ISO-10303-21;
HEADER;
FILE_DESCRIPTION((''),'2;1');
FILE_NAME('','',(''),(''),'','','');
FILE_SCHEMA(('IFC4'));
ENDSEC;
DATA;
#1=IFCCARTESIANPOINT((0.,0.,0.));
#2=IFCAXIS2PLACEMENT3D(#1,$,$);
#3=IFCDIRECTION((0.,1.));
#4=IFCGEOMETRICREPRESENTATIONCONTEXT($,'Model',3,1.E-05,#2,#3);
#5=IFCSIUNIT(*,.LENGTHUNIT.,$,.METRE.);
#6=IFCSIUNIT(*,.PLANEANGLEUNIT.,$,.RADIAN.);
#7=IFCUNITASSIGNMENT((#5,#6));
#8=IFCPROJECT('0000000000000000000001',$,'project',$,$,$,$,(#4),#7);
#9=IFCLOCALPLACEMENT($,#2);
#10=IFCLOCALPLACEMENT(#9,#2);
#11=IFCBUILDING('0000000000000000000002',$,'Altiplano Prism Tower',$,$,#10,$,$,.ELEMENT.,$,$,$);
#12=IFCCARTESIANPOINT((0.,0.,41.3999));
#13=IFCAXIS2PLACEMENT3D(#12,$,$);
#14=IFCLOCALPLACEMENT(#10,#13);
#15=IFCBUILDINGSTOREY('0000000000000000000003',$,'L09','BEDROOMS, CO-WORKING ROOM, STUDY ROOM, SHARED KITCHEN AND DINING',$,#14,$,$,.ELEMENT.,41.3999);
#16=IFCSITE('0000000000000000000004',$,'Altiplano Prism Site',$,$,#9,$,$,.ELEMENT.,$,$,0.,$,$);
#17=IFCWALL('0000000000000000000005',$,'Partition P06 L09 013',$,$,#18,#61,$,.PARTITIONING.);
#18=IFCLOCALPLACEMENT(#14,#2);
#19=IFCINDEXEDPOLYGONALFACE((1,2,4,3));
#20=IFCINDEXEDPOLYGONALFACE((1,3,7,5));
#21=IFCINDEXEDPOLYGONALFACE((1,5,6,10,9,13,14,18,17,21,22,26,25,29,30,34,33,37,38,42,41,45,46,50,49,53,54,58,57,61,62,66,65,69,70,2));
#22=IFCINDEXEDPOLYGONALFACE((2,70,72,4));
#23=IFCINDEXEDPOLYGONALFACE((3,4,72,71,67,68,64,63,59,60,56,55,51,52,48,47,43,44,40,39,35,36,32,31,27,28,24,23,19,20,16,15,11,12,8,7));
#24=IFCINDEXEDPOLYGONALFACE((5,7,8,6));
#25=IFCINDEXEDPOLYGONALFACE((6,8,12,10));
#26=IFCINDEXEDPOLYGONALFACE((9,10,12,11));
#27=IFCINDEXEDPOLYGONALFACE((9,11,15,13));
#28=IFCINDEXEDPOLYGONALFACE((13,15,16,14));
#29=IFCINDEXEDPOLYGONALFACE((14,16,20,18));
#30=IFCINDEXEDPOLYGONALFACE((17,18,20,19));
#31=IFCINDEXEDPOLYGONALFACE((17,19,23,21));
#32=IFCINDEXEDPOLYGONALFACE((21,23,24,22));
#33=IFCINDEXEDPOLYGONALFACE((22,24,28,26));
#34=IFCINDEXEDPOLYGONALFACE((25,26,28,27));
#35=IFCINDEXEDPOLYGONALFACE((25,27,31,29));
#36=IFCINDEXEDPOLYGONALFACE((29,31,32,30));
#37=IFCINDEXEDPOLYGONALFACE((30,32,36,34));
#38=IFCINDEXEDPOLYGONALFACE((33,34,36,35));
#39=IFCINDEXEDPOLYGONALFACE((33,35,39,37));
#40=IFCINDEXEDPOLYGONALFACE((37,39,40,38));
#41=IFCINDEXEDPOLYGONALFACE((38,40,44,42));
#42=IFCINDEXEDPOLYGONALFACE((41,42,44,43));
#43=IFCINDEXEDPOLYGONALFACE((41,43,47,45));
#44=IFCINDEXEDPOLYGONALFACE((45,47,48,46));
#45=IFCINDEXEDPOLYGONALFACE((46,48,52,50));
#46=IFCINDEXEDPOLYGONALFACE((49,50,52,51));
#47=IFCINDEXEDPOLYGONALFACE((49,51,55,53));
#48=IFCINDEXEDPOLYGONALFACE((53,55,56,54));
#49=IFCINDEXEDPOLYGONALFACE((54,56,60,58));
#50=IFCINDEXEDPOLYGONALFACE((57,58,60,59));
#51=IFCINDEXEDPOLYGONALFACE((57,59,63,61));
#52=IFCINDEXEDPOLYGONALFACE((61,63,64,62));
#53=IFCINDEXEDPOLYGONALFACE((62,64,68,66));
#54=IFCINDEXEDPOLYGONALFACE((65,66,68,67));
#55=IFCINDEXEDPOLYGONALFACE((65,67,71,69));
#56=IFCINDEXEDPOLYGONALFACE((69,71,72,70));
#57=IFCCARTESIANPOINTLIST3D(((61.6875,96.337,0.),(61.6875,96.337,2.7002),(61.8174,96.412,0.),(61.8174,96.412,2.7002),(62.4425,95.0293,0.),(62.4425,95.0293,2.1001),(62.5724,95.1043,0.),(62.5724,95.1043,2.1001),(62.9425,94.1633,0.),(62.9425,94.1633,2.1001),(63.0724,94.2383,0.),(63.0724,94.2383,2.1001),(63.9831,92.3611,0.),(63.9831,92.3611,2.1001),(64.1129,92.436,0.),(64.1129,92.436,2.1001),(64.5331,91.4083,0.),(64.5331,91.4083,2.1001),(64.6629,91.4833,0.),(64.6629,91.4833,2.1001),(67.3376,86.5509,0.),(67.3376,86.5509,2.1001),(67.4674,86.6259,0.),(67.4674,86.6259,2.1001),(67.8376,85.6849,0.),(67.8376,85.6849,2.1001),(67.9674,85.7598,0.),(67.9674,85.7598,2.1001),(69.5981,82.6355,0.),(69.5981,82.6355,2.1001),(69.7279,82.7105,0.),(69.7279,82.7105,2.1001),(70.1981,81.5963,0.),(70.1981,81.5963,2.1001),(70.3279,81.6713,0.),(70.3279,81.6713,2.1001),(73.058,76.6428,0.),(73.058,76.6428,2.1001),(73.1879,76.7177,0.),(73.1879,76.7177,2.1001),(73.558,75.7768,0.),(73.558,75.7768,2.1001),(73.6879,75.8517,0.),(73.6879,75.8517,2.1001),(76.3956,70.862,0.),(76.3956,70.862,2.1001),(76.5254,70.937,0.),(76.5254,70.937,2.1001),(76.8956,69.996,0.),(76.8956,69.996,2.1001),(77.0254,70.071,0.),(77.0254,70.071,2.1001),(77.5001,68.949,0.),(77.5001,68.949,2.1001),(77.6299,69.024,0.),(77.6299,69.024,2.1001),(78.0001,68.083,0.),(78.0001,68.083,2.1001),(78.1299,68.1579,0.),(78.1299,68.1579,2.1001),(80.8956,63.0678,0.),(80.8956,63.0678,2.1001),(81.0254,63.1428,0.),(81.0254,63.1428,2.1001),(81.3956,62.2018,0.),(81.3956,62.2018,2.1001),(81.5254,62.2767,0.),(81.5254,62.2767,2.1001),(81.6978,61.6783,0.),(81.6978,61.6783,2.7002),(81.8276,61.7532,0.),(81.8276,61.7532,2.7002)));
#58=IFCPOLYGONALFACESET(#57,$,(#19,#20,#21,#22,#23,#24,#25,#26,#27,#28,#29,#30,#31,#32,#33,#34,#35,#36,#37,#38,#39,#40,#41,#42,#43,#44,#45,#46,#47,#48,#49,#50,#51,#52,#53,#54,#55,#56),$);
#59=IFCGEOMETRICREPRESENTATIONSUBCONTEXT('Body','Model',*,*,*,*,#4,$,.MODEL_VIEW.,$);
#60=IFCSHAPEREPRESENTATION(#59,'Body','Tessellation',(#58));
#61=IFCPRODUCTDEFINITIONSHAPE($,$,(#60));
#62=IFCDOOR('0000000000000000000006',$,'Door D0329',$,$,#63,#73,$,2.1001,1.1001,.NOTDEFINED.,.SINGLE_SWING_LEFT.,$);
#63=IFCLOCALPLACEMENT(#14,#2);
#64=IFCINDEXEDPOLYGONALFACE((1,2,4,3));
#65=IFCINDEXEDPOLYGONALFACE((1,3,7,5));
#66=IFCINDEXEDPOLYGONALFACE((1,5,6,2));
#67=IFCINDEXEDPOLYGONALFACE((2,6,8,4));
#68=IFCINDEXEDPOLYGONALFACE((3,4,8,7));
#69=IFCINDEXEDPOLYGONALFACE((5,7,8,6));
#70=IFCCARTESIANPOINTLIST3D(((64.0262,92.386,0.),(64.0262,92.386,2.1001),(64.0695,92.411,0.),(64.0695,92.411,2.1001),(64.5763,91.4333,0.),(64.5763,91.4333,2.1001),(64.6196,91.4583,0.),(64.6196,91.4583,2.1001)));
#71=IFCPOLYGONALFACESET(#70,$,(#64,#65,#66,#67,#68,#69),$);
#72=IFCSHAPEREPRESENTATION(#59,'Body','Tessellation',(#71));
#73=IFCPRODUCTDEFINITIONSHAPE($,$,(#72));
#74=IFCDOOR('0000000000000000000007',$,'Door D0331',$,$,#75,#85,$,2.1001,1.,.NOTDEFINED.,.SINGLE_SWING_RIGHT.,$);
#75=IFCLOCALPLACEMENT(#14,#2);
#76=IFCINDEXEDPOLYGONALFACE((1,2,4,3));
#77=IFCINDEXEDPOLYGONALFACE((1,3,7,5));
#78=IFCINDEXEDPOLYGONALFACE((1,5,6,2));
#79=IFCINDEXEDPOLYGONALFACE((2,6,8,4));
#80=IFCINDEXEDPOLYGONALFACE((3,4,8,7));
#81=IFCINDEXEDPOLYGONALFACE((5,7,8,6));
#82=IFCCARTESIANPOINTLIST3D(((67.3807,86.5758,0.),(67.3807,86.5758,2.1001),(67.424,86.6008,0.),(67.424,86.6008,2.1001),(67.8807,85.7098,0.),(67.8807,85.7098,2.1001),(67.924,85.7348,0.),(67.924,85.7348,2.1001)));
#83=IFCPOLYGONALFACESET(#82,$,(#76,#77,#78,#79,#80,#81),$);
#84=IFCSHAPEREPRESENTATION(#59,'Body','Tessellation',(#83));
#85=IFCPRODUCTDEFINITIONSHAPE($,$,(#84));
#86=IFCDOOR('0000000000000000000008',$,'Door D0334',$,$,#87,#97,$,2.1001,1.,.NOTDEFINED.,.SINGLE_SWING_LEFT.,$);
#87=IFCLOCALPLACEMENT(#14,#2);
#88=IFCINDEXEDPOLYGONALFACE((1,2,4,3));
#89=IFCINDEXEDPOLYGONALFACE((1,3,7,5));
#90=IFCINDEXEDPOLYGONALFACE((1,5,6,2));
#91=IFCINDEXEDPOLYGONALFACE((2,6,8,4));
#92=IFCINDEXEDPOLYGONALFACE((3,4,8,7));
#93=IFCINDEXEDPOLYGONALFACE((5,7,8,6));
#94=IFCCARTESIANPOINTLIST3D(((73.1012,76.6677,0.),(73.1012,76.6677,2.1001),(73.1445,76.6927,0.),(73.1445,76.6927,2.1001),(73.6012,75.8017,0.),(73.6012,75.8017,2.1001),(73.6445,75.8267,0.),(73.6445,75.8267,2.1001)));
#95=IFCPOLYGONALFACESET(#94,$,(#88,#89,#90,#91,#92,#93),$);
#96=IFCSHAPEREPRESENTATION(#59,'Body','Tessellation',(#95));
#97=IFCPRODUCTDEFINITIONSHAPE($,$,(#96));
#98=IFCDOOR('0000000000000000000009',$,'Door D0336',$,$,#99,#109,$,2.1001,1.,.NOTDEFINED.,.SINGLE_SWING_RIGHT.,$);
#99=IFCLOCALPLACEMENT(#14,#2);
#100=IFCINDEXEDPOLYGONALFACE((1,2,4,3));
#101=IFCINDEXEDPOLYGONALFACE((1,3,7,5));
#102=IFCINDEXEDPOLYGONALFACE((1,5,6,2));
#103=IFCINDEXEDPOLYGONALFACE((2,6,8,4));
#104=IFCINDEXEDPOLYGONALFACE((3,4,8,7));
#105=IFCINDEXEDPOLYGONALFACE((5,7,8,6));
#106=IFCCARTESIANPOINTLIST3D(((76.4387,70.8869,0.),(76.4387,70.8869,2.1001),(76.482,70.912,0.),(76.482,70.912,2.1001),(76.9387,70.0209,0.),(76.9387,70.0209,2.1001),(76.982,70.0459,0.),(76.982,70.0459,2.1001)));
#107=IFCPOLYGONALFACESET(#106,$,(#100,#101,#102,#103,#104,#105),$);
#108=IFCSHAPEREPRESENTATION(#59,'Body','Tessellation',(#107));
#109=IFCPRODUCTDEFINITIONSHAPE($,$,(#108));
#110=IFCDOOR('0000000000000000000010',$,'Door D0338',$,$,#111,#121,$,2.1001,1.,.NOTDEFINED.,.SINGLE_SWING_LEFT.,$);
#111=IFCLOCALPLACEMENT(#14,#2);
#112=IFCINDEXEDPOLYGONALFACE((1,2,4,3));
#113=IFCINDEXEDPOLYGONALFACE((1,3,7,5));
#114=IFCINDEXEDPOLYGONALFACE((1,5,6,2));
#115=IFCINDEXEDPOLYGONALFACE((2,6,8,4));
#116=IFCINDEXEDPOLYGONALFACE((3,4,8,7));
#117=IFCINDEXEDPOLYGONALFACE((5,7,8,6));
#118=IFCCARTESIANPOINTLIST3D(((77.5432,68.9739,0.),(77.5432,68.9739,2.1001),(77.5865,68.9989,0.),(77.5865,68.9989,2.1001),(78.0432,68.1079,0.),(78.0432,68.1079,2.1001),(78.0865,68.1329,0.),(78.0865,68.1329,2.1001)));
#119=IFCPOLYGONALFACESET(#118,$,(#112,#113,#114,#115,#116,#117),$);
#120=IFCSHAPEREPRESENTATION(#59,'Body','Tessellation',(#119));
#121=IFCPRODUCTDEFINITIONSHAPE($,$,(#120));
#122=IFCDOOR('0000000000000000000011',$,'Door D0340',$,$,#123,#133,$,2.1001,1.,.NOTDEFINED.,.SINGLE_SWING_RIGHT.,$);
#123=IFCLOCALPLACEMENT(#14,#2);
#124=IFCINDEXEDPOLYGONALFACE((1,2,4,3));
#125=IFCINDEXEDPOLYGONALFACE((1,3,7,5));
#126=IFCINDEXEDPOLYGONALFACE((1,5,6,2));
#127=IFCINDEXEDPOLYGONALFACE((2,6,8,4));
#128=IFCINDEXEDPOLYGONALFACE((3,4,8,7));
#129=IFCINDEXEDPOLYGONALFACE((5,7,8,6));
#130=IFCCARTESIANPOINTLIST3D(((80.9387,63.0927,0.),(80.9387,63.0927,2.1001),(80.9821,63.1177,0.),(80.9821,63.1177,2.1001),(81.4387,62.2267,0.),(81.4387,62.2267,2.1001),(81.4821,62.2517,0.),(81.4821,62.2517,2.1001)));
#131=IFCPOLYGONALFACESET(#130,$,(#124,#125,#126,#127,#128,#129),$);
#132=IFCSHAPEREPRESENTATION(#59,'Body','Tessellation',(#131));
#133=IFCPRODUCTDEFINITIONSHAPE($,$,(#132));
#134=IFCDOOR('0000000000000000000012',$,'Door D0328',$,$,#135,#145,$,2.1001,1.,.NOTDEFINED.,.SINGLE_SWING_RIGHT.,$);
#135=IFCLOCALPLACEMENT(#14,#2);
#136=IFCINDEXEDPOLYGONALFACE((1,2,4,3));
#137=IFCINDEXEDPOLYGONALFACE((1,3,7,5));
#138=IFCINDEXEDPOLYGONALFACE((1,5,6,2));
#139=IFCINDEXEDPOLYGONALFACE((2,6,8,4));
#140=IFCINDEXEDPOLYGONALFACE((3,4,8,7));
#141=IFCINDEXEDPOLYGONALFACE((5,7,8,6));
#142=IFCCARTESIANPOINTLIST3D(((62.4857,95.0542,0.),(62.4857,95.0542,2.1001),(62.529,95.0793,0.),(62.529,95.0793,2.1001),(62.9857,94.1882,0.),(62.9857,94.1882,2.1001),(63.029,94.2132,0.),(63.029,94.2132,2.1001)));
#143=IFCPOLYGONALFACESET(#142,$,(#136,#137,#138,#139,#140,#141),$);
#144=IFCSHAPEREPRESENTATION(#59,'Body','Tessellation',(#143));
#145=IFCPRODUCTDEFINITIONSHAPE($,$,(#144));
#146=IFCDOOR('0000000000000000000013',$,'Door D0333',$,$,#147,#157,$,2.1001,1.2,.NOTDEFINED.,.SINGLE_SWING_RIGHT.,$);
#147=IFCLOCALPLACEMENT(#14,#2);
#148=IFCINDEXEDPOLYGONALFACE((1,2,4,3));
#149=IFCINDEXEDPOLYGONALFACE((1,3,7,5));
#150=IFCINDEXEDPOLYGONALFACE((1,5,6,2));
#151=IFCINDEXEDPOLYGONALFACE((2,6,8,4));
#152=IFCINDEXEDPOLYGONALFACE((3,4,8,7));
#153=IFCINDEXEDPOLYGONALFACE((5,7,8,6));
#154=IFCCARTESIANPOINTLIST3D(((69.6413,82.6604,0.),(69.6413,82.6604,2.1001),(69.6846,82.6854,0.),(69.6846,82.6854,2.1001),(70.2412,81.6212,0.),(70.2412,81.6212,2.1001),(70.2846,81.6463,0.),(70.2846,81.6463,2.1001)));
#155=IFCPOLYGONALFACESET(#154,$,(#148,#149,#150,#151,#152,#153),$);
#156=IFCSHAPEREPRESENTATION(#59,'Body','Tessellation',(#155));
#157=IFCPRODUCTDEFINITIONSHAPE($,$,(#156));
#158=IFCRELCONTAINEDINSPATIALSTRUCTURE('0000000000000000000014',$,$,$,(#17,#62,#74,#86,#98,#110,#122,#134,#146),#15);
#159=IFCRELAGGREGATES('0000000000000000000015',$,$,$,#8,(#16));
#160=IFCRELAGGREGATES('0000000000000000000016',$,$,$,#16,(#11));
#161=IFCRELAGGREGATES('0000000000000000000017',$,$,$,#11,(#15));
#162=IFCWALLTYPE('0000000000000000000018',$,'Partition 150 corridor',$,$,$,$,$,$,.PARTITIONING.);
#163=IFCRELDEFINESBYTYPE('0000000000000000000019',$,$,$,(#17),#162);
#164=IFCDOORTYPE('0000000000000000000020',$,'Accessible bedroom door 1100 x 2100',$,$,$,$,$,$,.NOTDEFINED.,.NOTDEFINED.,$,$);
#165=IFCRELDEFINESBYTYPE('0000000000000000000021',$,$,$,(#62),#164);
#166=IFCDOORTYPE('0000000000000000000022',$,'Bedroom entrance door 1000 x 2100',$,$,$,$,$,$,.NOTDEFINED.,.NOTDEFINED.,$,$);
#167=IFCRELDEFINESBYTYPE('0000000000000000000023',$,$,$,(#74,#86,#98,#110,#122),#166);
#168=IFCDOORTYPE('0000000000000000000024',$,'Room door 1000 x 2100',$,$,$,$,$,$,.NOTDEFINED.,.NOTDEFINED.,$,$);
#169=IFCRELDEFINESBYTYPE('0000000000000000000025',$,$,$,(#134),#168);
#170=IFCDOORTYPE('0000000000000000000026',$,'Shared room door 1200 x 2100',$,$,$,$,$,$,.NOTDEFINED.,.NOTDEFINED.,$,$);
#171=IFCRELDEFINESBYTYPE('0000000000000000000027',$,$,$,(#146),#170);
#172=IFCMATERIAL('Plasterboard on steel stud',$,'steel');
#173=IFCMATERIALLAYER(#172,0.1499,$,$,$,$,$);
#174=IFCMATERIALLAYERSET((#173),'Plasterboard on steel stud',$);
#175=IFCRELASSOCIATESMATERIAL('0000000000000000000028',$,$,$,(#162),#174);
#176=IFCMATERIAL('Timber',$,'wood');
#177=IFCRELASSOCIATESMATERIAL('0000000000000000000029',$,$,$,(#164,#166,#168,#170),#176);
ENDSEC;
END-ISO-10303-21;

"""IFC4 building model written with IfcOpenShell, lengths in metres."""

from ifc_helpers import new_model, si_unit, direction, frame, frame_2d, origin, place, context, subcontext, project, spatial, rectangle, extrude, material, layer, layer_set, type_object, element, fill, save


model = new_model("IFC4")

# Units and contexts
model_context = context("Model", 3, precision=1e-05, world=origin(), true_north=direction((0.0, 1.0)))
body_context = subcontext(model_context, "Body", "Model", "MODEL_VIEW")
ifc_project = project(units=[si_unit("LENGTHUNIT", "METRE"), si_unit("PLANEANGLEUNIT", "RADIAN")], contexts=[model_context])

# Site, building, storey
site_placement = place(None, origin())
site = spatial("IfcSite", under=ifc_project, at=site_placement, Name="Altiplano Prism Site", CompositionType="ELEMENT", RefElevation=0.0)
building_placement = place(site_placement, origin())
building = spatial("IfcBuilding", under=site, at=building_placement, Name="Altiplano Prism Tower", CompositionType="ELEMENT")
storey_placement = place(building_placement, frame((0.0, 0.0, 41.3999)))
storey = spatial("IfcBuildingStorey", under=building, at=storey_placement, Name="L09", Description="BEDROOMS, CO-WORKING ROOM, STUDY ROOM, SHARED KITCHEN AND DINING", CompositionType="ELEMENT", Elevation=41.3999)

# Shared definitions
ifc_material_1 = material(Name="Plasterboard on steel stud", Category="steel")

# Shared definitions
ifc_material_2 = material(Name="Timber", Category="wood")

# Wall, openings, doors
ifc_layer_1 = layer(ifc_material_1, 0.1499)
ifc_layer_set_1 = layer_set([ifc_layer_1], Name="Plasterboard on steel stud")
wall_type_1 = type_object("IfcWallType", Name="Partition 150 corridor", PredefinedType="PARTITIONING", material=ifc_layer_set_1)
wall_1_placement = place(storey_placement, frame((61.7524, 96.3745, 0.0), z_axis=(0.0, 0.0, 1.0), x_axis=(0.500001, -0.866025, 0.0)))
wall_1 = element("IfcWall", 1, at=wall_1_placement, inside=storey, type_object=wall_type_1, Name="Partition P06 L09 013", PredefinedType="PARTITIONING", context=body_context, shape_type="SweptSolid", body=[
    extrude(rectangle(XDim=40.0205, YDim=0.1499, at=frame_2d((20.0103, 0.0))), origin(), (0.0, 0.0, 1.0), 2.7002),
])
opening_1_placement = place(wall_1_placement, frame((1.51, 0.0, 0.0)))
opening_1 = element("IfcOpeningElement", 2, at=opening_1_placement, cuts=wall_1, PredefinedType="OPENING", context=body_context, shape_type="SweptSolid", body=[
    extrude(rectangle(XDim=1.0, YDim=2.1001, at=frame_2d((0.5, 1.05))), frame((0.0, 0.0854, 0.0), z_axis=(0.0, -1.0, 0.0), x_axis=(1.0, 0.0, 0.0)), (0.0, 0.0, 1.0), 0.1709),
])
opening_2_placement = place(wall_1_placement, frame((4.5911, 0.0, 0.0)))
opening_2 = element("IfcOpeningElement", 3, at=opening_2_placement, cuts=wall_1, PredefinedType="OPENING", context=body_context, shape_type="SweptSolid", body=[
    extrude(rectangle(XDim=1.1001, YDim=2.1001, at=frame_2d((0.55, 1.05))), frame((0.0, 0.0854, 0.0), z_axis=(0.0, -1.0, 0.0), x_axis=(1.0, 0.0, 0.0)), (0.0, 0.0, 1.0), 0.1709),
])
opening_3_placement = place(wall_1_placement, frame((11.3, 0.0, 0.0)))
opening_3 = element("IfcOpeningElement", 4, at=opening_3_placement, cuts=wall_1, PredefinedType="OPENING", context=body_context, shape_type="SweptSolid", body=[
    extrude(rectangle(XDim=1.0, YDim=2.1001, at=frame_2d((0.5, 1.05))), frame((0.0, 0.0854, 0.0), z_axis=(0.0, -1.0, 0.0), x_axis=(1.0, 0.0, 0.0)), (0.0, 0.0, 1.0), 0.1709),
])
opening_4_placement = place(wall_1_placement, frame((15.821, 0.0, 0.0)))
opening_4 = element("IfcOpeningElement", 5, at=opening_4_placement, cuts=wall_1, PredefinedType="OPENING", context=body_context, shape_type="SweptSolid", body=[
    extrude(rectangle(XDim=1.2, YDim=2.1001, at=frame_2d((0.6001, 1.05))), frame((0.0, 0.0854, 0.0), z_axis=(0.0, -1.0, 0.0), x_axis=(1.0, 0.0, 0.0)), (0.0, 0.0, 1.0), 0.1709),
])
opening_5_placement = place(wall_1_placement, frame((22.741, 0.0, 0.0)))
opening_5 = element("IfcOpeningElement", 6, at=opening_5_placement, cuts=wall_1, PredefinedType="OPENING", context=body_context, shape_type="SweptSolid", body=[
    extrude(rectangle(XDim=1.0, YDim=2.1001, at=frame_2d((0.5, 1.05))), frame((0.0, 0.0854, 0.0), z_axis=(0.0, -1.0, 0.0), x_axis=(1.0, 0.0, 0.0)), (0.0, 0.0, 1.0), 0.1709),
])
opening_6_placement = place(wall_1_placement, frame((29.416, 0.0, 0.0)))
opening_6 = element("IfcOpeningElement", 7, at=opening_6_placement, cuts=wall_1, PredefinedType="OPENING", context=body_context, shape_type="SweptSolid", body=[
    extrude(rectangle(XDim=1.0, YDim=2.1001, at=frame_2d((0.5, 1.05))), frame((0.0, 0.0854, 0.0), z_axis=(0.0, -1.0, 0.0), x_axis=(1.0, 0.0, 0.0)), (0.0, 0.0, 1.0), 0.1709),
])
opening_7_placement = place(wall_1_placement, frame((31.625, 0.0, 0.0)))
opening_7 = element("IfcOpeningElement", 8, at=opening_7_placement, cuts=wall_1, PredefinedType="OPENING", context=body_context, shape_type="SweptSolid", body=[
    extrude(rectangle(XDim=1.0, YDim=2.1001, at=frame_2d((0.5, 1.05))), frame((0.0, 0.0854, 0.0), z_axis=(0.0, -1.0, 0.0), x_axis=(1.0, 0.0, 0.0)), (0.0, 0.0, 1.0), 0.1709),
])
opening_8_placement = place(wall_1_placement, frame((38.416, 0.0, 0.0)))
opening_8 = element("IfcOpeningElement", 9, at=opening_8_placement, cuts=wall_1, PredefinedType="OPENING", context=body_context, shape_type="SweptSolid", body=[
    extrude(rectangle(XDim=1.0, YDim=2.1001, at=frame_2d((0.5, 1.05))), frame((0.0, 0.0854, 0.0), z_axis=(0.0, -1.0, 0.0), x_axis=(1.0, 0.0, 0.0)), (0.0, 0.0, 1.0), 0.1709),
])
door_type_1 = type_object("IfcDoorType", Name="Accessible bedroom door 1100 x 2100", OperationType="NOTDEFINED", PredefinedType="NOTDEFINED", material=ifc_material_2)
door_1_placement = place(opening_2_placement, origin())
door_1 = element("IfcDoor", 10, at=door_1_placement, inside=storey, type_object=door_type_1, Name="Door D0329", OperationType="SINGLE_SWING_LEFT", OverallHeight=2.1001, OverallWidth=1.1001, PredefinedType="NOTDEFINED", context=body_context, shape_type="SweptSolid", body=[
    extrude(rectangle(XDim=1.1001, YDim=2.1001, at=frame_2d((0.55, 1.05))), frame((0.0, 0.0249, 0.0), z_axis=(0.0, -1.0, 0.0), x_axis=(1.0, 0.0, 0.0)), (0.0, 0.0, 1.0), 0.05),
])
fill(opening_2, door_1)
door_type_2 = type_object("IfcDoorType", Name="Bedroom entrance door 1000 x 2100", OperationType="NOTDEFINED", PredefinedType="NOTDEFINED", material=ifc_material_2)
door_2_placement = place(opening_3_placement, origin())
door_2 = element("IfcDoor", 11, at=door_2_placement, inside=storey, type_object=door_type_2, Name="Door D0331", OperationType="SINGLE_SWING_RIGHT", OverallHeight=2.1001, OverallWidth=1.0, PredefinedType="NOTDEFINED", context=body_context, shape_type="SweptSolid", body=[
    extrude(rectangle(XDim=1.0, YDim=2.1001, at=frame_2d((0.5, 1.05))), frame((0.0, 0.0249, 0.0), z_axis=(0.0, -1.0, 0.0), x_axis=(1.0, 0.0, 0.0)), (0.0, 0.0, 1.0), 0.05),
])
fill(opening_3, door_2)
door_3_placement = place(opening_5_placement, origin())
door_3 = element("IfcDoor", 12, at=door_3_placement, inside=storey, type_object=door_type_2, Name="Door D0334", OperationType="SINGLE_SWING_LEFT", OverallHeight=2.1001, OverallWidth=1.0, PredefinedType="NOTDEFINED", context=body_context, shape_type="SweptSolid", body=[
    extrude(rectangle(XDim=1.0, YDim=2.1001, at=frame_2d((0.5, 1.05))), frame((0.0, 0.0249, 0.0), z_axis=(0.0, -1.0, 0.0), x_axis=(1.0, 0.0, 0.0)), (0.0, 0.0, 1.0), 0.05),
])
fill(opening_5, door_3)
door_4_placement = place(opening_6_placement, origin())
door_4 = element("IfcDoor", 13, at=door_4_placement, inside=storey, type_object=door_type_2, Name="Door D0336", OperationType="SINGLE_SWING_RIGHT", OverallHeight=2.1001, OverallWidth=1.0, PredefinedType="NOTDEFINED", context=body_context, shape_type="SweptSolid", body=[
    extrude(rectangle(XDim=1.0, YDim=2.1001, at=frame_2d((0.5, 1.05))), frame((0.0, 0.0249, 0.0), z_axis=(0.0, -1.0, 0.0), x_axis=(1.0, 0.0, 0.0)), (0.0, 0.0, 1.0), 0.05),
])
fill(opening_6, door_4)
door_5_placement = place(opening_7_placement, origin())
door_5 = element("IfcDoor", 14, at=door_5_placement, inside=storey, type_object=door_type_2, Name="Door D0338", OperationType="SINGLE_SWING_LEFT", OverallHeight=2.1001, OverallWidth=1.0, PredefinedType="NOTDEFINED", context=body_context, shape_type="SweptSolid", body=[
    extrude(rectangle(XDim=1.0, YDim=2.1001, at=frame_2d((0.5, 1.05))), frame((0.0, 0.0249, 0.0), z_axis=(0.0, -1.0, 0.0), x_axis=(1.0, 0.0, 0.0)), (0.0, 0.0, 1.0), 0.05),
])
fill(opening_7, door_5)
door_6_placement = place(opening_8_placement, origin())
door_6 = element("IfcDoor", 15, at=door_6_placement, inside=storey, type_object=door_type_2, Name="Door D0340", OperationType="SINGLE_SWING_RIGHT", OverallHeight=2.1001, OverallWidth=1.0, PredefinedType="NOTDEFINED", context=body_context, shape_type="SweptSolid", body=[
    extrude(rectangle(XDim=1.0, YDim=2.1001, at=frame_2d((0.5, 1.05))), frame((0.0, 0.0249, 0.0), z_axis=(0.0, -1.0, 0.0), x_axis=(1.0, 0.0, 0.0)), (0.0, 0.0, 1.0), 0.05),
])
fill(opening_8, door_6)
door_type_3 = type_object("IfcDoorType", Name="Room door 1000 x 2100", OperationType="NOTDEFINED", PredefinedType="NOTDEFINED", material=ifc_material_2)
door_7_placement = place(opening_1_placement, origin())
door_7 = element("IfcDoor", 16, at=door_7_placement, inside=storey, type_object=door_type_3, Name="Door D0328", OperationType="SINGLE_SWING_RIGHT", OverallHeight=2.1001, OverallWidth=1.0, PredefinedType="NOTDEFINED", context=body_context, shape_type="SweptSolid", body=[
    extrude(rectangle(XDim=1.0, YDim=2.1001, at=frame_2d((0.5, 1.05))), frame((0.0, 0.0249, 0.0), z_axis=(0.0, -1.0, 0.0), x_axis=(1.0, 0.0, 0.0)), (0.0, 0.0, 1.0), 0.05),
])
fill(opening_1, door_7)
door_type_4 = type_object("IfcDoorType", Name="Shared room door 1200 x 2100", OperationType="NOTDEFINED", PredefinedType="NOTDEFINED", material=ifc_material_2)
door_8_placement = place(opening_4_placement, origin())
door_8 = element("IfcDoor", 17, at=door_8_placement, inside=storey, type_object=door_type_4, Name="Door D0333", OperationType="SINGLE_SWING_RIGHT", OverallHeight=2.1001, OverallWidth=1.2, PredefinedType="NOTDEFINED", context=body_context, shape_type="SweptSolid", body=[
    extrude(rectangle(XDim=1.2, YDim=2.1001, at=frame_2d((0.6001, 1.05))), frame((0.0, 0.0249, 0.0), z_axis=(0.0, -1.0, 0.0), x_axis=(1.0, 0.0, 0.0)), (0.0, 0.0, 1.0), 0.05),
])
fill(opening_4, door_8)

save(model, "model.ifc")
